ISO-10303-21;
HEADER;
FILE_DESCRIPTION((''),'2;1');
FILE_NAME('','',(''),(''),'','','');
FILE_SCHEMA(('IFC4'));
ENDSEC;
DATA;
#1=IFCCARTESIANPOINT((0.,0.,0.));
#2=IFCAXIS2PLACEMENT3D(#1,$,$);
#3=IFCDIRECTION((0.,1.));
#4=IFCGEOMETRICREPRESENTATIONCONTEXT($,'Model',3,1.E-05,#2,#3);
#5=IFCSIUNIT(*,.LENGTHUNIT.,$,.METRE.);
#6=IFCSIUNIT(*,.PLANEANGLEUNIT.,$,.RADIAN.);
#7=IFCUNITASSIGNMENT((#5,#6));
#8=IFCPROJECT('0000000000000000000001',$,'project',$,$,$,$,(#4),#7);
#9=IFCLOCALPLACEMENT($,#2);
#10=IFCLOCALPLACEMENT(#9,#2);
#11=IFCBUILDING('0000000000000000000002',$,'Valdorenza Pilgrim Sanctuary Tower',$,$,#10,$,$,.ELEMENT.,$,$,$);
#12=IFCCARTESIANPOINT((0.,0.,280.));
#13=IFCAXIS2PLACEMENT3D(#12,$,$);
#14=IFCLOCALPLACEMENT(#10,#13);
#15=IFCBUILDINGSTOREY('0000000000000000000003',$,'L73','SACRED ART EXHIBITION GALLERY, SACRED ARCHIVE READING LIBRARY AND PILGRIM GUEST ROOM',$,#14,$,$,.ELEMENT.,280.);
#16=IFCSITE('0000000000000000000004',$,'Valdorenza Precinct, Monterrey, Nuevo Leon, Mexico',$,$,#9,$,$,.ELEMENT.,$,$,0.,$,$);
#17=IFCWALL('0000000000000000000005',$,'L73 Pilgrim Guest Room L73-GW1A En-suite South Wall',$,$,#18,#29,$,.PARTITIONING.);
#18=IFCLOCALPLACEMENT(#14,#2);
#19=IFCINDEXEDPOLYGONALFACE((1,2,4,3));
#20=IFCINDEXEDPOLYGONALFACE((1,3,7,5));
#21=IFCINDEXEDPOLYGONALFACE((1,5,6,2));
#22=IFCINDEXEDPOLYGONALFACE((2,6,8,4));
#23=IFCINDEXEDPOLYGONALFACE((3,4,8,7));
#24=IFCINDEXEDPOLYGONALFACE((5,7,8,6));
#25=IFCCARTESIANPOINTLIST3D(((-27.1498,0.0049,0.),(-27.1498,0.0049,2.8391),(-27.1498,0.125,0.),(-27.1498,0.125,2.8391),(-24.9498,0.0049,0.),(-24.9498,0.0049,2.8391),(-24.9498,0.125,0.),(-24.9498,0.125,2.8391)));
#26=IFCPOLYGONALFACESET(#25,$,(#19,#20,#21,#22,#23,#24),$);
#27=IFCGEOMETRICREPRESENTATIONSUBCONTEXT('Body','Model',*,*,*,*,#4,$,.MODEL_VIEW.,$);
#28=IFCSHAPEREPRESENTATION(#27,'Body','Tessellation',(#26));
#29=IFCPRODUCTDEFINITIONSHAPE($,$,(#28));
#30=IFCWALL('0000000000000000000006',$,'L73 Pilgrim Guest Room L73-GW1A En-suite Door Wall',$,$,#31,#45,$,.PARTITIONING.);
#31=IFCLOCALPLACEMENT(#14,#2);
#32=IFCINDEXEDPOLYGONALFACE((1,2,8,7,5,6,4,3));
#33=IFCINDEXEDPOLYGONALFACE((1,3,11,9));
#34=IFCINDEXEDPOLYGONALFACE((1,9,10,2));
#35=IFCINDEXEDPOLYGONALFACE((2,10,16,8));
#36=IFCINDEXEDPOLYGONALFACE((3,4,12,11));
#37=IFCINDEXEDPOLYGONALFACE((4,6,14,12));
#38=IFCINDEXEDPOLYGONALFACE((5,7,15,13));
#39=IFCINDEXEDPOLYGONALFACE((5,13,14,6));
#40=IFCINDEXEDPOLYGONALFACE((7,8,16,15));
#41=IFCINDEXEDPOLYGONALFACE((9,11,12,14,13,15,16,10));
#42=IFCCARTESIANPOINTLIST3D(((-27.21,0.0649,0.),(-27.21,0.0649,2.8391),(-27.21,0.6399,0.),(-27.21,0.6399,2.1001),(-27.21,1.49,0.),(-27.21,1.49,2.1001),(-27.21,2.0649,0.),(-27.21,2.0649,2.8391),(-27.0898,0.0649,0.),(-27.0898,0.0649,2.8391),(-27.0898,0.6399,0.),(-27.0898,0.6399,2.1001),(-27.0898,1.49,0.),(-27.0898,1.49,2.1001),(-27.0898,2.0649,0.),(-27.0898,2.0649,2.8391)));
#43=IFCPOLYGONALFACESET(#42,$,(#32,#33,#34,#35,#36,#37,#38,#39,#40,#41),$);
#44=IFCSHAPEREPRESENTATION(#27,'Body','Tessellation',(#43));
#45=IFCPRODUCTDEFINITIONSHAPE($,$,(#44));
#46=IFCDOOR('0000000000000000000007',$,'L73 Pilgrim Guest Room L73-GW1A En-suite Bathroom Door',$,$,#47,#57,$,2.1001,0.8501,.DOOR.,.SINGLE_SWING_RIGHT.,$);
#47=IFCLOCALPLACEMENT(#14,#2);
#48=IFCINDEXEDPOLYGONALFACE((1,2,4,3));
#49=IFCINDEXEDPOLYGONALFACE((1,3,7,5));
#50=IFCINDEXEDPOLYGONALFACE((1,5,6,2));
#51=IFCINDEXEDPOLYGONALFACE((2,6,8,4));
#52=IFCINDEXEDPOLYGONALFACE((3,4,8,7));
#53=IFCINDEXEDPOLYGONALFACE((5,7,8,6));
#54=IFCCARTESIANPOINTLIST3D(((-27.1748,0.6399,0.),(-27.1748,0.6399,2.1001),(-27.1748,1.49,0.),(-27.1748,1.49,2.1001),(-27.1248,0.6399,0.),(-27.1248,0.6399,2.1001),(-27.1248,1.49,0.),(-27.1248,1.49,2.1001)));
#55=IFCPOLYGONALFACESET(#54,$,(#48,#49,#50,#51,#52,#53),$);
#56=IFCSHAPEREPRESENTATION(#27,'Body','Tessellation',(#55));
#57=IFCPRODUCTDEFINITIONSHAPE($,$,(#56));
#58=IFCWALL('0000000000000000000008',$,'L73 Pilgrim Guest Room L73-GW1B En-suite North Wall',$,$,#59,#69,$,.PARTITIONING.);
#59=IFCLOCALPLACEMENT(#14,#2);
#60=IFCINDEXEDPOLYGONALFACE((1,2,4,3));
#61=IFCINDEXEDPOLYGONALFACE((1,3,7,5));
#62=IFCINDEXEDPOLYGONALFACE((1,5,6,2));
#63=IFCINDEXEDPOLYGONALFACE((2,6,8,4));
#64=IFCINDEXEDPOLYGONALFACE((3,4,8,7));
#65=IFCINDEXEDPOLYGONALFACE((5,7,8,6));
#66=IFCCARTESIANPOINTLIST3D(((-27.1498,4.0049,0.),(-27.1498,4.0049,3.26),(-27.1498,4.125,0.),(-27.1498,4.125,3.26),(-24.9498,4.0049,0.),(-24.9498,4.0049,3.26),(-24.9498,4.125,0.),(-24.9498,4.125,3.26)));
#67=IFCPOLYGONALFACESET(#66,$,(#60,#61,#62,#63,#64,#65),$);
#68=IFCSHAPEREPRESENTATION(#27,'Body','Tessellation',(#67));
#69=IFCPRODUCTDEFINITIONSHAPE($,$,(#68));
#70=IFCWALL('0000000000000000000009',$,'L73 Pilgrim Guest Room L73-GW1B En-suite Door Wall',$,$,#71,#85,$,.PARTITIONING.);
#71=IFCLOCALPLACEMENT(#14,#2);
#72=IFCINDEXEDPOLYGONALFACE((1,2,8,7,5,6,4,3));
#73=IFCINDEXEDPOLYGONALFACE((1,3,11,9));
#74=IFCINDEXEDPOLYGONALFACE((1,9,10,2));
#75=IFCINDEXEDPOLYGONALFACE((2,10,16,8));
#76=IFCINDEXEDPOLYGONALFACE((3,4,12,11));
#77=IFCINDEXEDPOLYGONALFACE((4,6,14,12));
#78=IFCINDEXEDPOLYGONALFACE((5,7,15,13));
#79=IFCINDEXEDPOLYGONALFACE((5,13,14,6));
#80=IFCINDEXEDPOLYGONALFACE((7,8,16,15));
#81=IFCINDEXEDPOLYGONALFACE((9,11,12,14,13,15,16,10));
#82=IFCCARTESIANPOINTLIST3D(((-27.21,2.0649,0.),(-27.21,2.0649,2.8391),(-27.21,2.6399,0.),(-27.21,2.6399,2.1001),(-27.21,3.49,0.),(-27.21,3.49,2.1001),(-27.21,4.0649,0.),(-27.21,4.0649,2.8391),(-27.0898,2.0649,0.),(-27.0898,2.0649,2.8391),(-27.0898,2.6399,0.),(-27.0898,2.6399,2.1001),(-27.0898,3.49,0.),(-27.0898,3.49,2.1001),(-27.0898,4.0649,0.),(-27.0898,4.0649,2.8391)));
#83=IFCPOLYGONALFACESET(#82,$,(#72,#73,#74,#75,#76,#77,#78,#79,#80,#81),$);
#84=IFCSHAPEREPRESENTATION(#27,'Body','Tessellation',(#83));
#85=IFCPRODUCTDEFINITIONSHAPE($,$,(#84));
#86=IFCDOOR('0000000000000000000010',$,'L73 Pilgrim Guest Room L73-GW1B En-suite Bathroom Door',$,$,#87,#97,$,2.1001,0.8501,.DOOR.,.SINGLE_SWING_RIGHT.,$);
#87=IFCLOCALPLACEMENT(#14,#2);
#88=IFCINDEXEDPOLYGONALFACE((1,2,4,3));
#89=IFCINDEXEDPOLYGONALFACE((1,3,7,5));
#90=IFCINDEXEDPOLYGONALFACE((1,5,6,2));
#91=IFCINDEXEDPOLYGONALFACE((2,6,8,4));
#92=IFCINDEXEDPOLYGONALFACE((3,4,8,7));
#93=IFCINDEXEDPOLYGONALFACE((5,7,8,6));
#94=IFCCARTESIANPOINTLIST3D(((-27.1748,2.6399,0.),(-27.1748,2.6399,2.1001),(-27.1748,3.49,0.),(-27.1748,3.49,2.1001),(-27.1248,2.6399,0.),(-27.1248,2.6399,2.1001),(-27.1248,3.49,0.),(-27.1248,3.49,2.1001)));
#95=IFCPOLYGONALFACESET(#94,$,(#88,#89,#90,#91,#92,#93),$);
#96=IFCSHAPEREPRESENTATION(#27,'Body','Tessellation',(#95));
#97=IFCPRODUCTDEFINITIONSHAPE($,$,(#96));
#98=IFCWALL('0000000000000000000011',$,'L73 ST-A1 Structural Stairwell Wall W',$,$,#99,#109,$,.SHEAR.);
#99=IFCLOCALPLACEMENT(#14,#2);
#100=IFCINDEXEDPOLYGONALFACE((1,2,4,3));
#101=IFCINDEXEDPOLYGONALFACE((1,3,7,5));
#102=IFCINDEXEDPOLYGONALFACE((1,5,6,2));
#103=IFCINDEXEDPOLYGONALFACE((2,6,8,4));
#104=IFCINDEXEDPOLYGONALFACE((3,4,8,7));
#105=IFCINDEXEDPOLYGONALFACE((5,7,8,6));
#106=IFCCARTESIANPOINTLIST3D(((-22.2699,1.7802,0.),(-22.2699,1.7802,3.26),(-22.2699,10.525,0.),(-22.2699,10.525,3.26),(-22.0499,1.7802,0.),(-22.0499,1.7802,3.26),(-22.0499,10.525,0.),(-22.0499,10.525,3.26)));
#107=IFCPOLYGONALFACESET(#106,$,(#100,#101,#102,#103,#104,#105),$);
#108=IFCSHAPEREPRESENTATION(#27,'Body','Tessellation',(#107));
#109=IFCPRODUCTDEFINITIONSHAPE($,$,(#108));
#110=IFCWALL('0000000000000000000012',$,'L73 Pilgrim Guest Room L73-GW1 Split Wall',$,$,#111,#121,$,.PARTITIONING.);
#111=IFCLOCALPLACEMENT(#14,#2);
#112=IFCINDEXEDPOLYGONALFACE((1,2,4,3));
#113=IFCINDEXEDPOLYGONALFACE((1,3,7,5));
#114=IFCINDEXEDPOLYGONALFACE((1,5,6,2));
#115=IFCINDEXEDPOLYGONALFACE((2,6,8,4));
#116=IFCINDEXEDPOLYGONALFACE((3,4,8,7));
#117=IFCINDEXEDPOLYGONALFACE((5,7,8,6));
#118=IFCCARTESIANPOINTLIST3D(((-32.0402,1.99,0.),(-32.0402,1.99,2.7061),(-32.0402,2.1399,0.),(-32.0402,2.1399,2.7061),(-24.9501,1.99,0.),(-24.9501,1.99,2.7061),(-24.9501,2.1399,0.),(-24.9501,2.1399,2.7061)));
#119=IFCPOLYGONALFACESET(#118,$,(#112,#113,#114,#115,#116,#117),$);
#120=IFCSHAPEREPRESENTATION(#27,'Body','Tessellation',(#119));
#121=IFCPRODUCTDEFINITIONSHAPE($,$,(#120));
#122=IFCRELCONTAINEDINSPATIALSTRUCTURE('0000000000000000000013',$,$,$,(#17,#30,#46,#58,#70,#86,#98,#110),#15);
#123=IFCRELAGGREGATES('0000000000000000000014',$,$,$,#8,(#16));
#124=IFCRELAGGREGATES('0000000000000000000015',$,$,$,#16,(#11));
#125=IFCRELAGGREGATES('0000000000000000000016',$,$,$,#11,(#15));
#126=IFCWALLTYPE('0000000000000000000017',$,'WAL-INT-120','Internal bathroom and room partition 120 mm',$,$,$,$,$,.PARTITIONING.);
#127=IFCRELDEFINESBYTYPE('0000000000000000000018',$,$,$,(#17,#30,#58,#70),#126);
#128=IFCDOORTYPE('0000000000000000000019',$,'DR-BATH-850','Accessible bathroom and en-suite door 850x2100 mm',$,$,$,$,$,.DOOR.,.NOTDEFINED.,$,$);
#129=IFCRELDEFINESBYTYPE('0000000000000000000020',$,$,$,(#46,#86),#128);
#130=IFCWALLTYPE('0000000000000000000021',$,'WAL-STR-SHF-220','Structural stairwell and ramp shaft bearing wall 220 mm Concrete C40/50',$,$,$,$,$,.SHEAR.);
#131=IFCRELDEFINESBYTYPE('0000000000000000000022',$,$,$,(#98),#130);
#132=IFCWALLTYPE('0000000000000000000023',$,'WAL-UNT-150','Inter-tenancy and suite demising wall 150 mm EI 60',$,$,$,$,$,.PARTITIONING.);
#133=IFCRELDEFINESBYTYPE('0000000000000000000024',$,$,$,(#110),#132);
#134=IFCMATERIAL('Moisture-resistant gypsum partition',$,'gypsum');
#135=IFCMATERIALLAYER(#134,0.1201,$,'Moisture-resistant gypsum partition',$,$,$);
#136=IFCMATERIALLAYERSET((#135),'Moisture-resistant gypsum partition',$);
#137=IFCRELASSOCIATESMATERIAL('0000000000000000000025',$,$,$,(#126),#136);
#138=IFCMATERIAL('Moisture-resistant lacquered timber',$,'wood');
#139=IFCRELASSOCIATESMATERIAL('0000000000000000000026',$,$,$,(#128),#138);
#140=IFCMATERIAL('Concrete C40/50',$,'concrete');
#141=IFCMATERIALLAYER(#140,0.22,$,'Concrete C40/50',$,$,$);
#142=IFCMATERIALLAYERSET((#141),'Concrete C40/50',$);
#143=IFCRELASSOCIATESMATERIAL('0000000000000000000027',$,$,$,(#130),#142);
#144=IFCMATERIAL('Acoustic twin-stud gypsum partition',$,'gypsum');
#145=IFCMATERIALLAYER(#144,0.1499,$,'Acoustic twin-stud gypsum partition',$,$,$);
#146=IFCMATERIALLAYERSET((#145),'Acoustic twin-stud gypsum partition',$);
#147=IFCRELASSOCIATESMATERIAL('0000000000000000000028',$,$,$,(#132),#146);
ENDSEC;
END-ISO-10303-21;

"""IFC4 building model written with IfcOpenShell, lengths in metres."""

from ifc_helpers import new_model, si_unit, direction, frame, frame_2d, origin, place, context, subcontext, project, spatial, rectangle, extrude, material, layer, layer_set, type_object, element, fill, save


model = new_model("IFC4")

# Units and contexts
model_context = context("Model", 3, precision=1e-05, world=origin(), true_north=direction((0.0, 1.0)))
body_context = subcontext(model_context, "Body", "Model", "MODEL_VIEW")
ifc_project = project(units=[si_unit("LENGTHUNIT", "METRE"), si_unit("PLANEANGLEUNIT", "RADIAN")], contexts=[model_context])

# Site, building, storey
site_placement = place(None, origin())
site = spatial("IfcSite", under=ifc_project, at=site_placement, Name="Valdorenza Precinct, Monterrey, Nuevo Leon, Mexico", CompositionType="ELEMENT", RefElevation=0.0)
building_placement = place(site_placement, origin())
building = spatial("IfcBuilding", under=site, at=building_placement, Name="Valdorenza Pilgrim Sanctuary Tower", CompositionType="ELEMENT")
storey_placement = place(building_placement, frame((0.0, 0.0, 280.0)))
storey = spatial("IfcBuildingStorey", under=building, at=storey_placement, Name="L73", Description="SACRED ART EXHIBITION GALLERY, SACRED ARCHIVE READING LIBRARY AND PILGRIM GUEST ROOM", CompositionType="ELEMENT", Elevation=280.0)

# Wall
ifc_material_1 = material(Name="Moisture-resistant gypsum partition", Category="gypsum")
ifc_layer_1 = layer(ifc_material_1, 0.1201, Name="Moisture-resistant gypsum partition")
ifc_layer_set_1 = layer_set([ifc_layer_1], Name="Moisture-resistant gypsum partition")
wall_type_1 = type_object("IfcWallType", Name="WAL-INT-120", Description="Internal bathroom and room partition 120 mm", PredefinedType="PARTITIONING", material=ifc_layer_set_1)
wall_1_placement = place(storey_placement, frame((-27.1499, 0.0649, 0.0), z_axis=(0.0, 0.0, 1.0), x_axis=(1.0, 0.0, 0.0)))
element("IfcWall", 1, at=wall_1_placement, inside=storey, type_object=wall_type_1, Name="L73 Pilgrim Guest Room L73-GW1A En-suite South Wall", PredefinedType="PARTITIONING", context=body_context, shape_type="SweptSolid", body=[
    extrude(rectangle(XDim=2.2, YDim=0.1201, at=frame_2d((1.1001, 0.0))), origin(), (0.0, 0.0, 1.0), 2.8391),
])

# Wall, opening, door
wall_2_placement = place(storey_placement, frame((-27.1499, 0.0649, 0.0), z_axis=(0.0, 0.0, 1.0), x_axis=(0.0, 1.0, 0.0)))
wall_2 = element("IfcWall", 2, at=wall_2_placement, inside=storey, type_object=wall_type_1, Name="L73 Pilgrim Guest Room L73-GW1A En-suite Door Wall", PredefinedType="PARTITIONING", context=body_context, shape_type="SweptSolid", body=[
    extrude(rectangle(XDim=2.0, YDim=0.1201, at=frame_2d((1.0, 0.0))), origin(), (0.0, 0.0, 1.0), 2.8391),
])
opening_1_placement = place(wall_2_placement, frame((0.575, 0.0, 0.0)))
opening_1 = element("IfcOpeningElement", 3, at=opening_1_placement, cuts=wall_2, PredefinedType="OPENING", context=body_context, shape_type="SweptSolid", body=[
    extrude(rectangle(XDim=0.8501, YDim=2.1001, at=frame_2d((0.425, 1.05))), frame((0.0, 0.075, 0.0), z_axis=(0.0, -1.0, 0.0), x_axis=(1.0, 0.0, 0.0)), (0.0, 0.0, 1.0), 0.1499),
])
ifc_material_2 = material(Name="Moisture-resistant lacquered timber", Category="wood")
door_type_1 = type_object("IfcDoorType", Name="DR-BATH-850", Description="Accessible bathroom and en-suite door 850x2100 mm", OperationType="NOTDEFINED", PredefinedType="DOOR", material=ifc_material_2)
door_1_placement = place(opening_1_placement, origin())
door_1 = element("IfcDoor", 4, at=door_1_placement, inside=storey, type_object=door_type_1, Name="L73 Pilgrim Guest Room L73-GW1A En-suite Bathroom Door", OperationType="SINGLE_SWING_RIGHT", OverallHeight=2.1001, OverallWidth=0.8501, PredefinedType="DOOR", context=body_context, shape_type="SweptSolid", body=[
    extrude(rectangle(XDim=0.8501, YDim=2.1001, at=frame_2d((0.425, 1.05))), frame((0.0, 0.0249, 0.0), z_axis=(0.0, -1.0, 0.0), x_axis=(1.0, 0.0, 0.0)), (0.0, 0.0, 1.0), 0.05),
])
fill(opening_1, door_1)

# Wall
wall_3_placement = place(storey_placement, frame((-27.1499, 4.0649, 0.0), z_axis=(0.0, 0.0, 1.0), x_axis=(1.0, 0.0, 0.0)))
element("IfcWall", 5, at=wall_3_placement, inside=storey, type_object=wall_type_1, Name="L73 Pilgrim Guest Room L73-GW1B En-suite North Wall", PredefinedType="PARTITIONING", context=body_context, shape_type="SweptSolid", body=[
    extrude(rectangle(XDim=2.2, YDim=0.1201, at=frame_2d((1.1001, 0.0))), origin(), (0.0, 0.0, 1.0), 3.26),
])

# Wall, opening, door
wall_4_placement = place(storey_placement, frame((-27.1499, 2.0649, 0.0), z_axis=(0.0, 0.0, 1.0), x_axis=(0.0, 1.0, 0.0)))
wall_4 = element("IfcWall", 6, at=wall_4_placement, inside=storey, type_object=wall_type_1, Name="L73 Pilgrim Guest Room L73-GW1B En-suite Door Wall", PredefinedType="PARTITIONING", context=body_context, shape_type="SweptSolid", body=[
    extrude(rectangle(XDim=2.0, YDim=0.1201, at=frame_2d((1.0, 0.0))), origin(), (0.0, 0.0, 1.0), 2.8391),
])
opening_2_placement = place(wall_4_placement, frame((0.575, 0.0, 0.0)))
opening_2 = element("IfcOpeningElement", 7, at=opening_2_placement, cuts=wall_4, PredefinedType="OPENING", context=body_context, shape_type="SweptSolid", body=[
    extrude(rectangle(XDim=0.8501, YDim=2.1001, at=frame_2d((0.425, 1.05))), frame((0.0, 0.075, 0.0), z_axis=(0.0, -1.0, 0.0), x_axis=(1.0, 0.0, 0.0)), (0.0, 0.0, 1.0), 0.1499),
])
door_2_placement = place(opening_2_placement, origin())
door_2 = element("IfcDoor", 8, at=door_2_placement, inside=storey, type_object=door_type_1, Name="L73 Pilgrim Guest Room L73-GW1B En-suite Bathroom Door", OperationType="SINGLE_SWING_RIGHT", OverallHeight=2.1001, OverallWidth=0.8501, PredefinedType="DOOR", context=body_context, shape_type="SweptSolid", body=[
    extrude(rectangle(XDim=0.8501, YDim=2.1001, at=frame_2d((0.425, 1.05))), frame((0.0, 0.0249, 0.0), z_axis=(0.0, -1.0, 0.0), x_axis=(1.0, 0.0, 0.0)), (0.0, 0.0, 1.0), 0.05),
])
fill(opening_2, door_2)

# Wall
ifc_material_3 = material(Name="Concrete C40/50", Category="concrete")
ifc_layer_2 = layer(ifc_material_3, 0.22, Name="Concrete C40/50")
ifc_layer_set_2 = layer_set([ifc_layer_2], Name="Concrete C40/50")
wall_type_2 = type_object("IfcWallType", Name="WAL-STR-SHF-220", Description="Structural stairwell and ramp shaft bearing wall 220 mm Concrete C40/50", PredefinedType="SHEAR", material=ifc_layer_set_2)
wall_5_placement = place(storey_placement, frame((-22.1599, 1.78, 0.0), z_axis=(0.0, 0.0, 1.0), x_axis=(0.0, 1.0, 0.0)))
element("IfcWall", 9, at=wall_5_placement, inside=storey, type_object=wall_type_2, Name="L73 ST-A1 Structural Stairwell Wall W", PredefinedType="SHEAR", context=body_context, shape_type="SweptSolid", body=[
    extrude(rectangle(XDim=8.7449, YDim=0.22, at=frame_2d((4.3726, 0.0))), origin(), (0.0, 0.0, 1.0), 3.26),
])

# Wall
ifc_material_4 = material(Name="Acoustic twin-stud gypsum partition", Category="gypsum")
ifc_layer_3 = layer(ifc_material_4, 0.1499, Name="Acoustic twin-stud gypsum partition")
ifc_layer_set_3 = layer_set([ifc_layer_3], Name="Acoustic twin-stud gypsum partition")
wall_type_3 = type_object("IfcWallType", Name="WAL-UNT-150", Description="Inter-tenancy and suite demising wall 150 mm EI 60", PredefinedType="PARTITIONING", material=ifc_layer_set_3)
wall_6_placement = place(storey_placement, frame((-32.04, 2.0649, 0.0), z_axis=(0.0, 0.0, 1.0), x_axis=(1.0, 0.0, 0.0)))
element("IfcWall", 10, at=wall_6_placement, inside=storey, type_object=wall_type_3, Name="L73 Pilgrim Guest Room L73-GW1 Split Wall", PredefinedType="PARTITIONING", context=body_context, shape_type="SweptSolid", body=[
    extrude(rectangle(XDim=7.0901, YDim=0.1499, at=frame_2d((3.5449, 0.0))), origin(), (0.0, 0.0, 1.0), 2.7061),
])

save(model, "model.ifc")
